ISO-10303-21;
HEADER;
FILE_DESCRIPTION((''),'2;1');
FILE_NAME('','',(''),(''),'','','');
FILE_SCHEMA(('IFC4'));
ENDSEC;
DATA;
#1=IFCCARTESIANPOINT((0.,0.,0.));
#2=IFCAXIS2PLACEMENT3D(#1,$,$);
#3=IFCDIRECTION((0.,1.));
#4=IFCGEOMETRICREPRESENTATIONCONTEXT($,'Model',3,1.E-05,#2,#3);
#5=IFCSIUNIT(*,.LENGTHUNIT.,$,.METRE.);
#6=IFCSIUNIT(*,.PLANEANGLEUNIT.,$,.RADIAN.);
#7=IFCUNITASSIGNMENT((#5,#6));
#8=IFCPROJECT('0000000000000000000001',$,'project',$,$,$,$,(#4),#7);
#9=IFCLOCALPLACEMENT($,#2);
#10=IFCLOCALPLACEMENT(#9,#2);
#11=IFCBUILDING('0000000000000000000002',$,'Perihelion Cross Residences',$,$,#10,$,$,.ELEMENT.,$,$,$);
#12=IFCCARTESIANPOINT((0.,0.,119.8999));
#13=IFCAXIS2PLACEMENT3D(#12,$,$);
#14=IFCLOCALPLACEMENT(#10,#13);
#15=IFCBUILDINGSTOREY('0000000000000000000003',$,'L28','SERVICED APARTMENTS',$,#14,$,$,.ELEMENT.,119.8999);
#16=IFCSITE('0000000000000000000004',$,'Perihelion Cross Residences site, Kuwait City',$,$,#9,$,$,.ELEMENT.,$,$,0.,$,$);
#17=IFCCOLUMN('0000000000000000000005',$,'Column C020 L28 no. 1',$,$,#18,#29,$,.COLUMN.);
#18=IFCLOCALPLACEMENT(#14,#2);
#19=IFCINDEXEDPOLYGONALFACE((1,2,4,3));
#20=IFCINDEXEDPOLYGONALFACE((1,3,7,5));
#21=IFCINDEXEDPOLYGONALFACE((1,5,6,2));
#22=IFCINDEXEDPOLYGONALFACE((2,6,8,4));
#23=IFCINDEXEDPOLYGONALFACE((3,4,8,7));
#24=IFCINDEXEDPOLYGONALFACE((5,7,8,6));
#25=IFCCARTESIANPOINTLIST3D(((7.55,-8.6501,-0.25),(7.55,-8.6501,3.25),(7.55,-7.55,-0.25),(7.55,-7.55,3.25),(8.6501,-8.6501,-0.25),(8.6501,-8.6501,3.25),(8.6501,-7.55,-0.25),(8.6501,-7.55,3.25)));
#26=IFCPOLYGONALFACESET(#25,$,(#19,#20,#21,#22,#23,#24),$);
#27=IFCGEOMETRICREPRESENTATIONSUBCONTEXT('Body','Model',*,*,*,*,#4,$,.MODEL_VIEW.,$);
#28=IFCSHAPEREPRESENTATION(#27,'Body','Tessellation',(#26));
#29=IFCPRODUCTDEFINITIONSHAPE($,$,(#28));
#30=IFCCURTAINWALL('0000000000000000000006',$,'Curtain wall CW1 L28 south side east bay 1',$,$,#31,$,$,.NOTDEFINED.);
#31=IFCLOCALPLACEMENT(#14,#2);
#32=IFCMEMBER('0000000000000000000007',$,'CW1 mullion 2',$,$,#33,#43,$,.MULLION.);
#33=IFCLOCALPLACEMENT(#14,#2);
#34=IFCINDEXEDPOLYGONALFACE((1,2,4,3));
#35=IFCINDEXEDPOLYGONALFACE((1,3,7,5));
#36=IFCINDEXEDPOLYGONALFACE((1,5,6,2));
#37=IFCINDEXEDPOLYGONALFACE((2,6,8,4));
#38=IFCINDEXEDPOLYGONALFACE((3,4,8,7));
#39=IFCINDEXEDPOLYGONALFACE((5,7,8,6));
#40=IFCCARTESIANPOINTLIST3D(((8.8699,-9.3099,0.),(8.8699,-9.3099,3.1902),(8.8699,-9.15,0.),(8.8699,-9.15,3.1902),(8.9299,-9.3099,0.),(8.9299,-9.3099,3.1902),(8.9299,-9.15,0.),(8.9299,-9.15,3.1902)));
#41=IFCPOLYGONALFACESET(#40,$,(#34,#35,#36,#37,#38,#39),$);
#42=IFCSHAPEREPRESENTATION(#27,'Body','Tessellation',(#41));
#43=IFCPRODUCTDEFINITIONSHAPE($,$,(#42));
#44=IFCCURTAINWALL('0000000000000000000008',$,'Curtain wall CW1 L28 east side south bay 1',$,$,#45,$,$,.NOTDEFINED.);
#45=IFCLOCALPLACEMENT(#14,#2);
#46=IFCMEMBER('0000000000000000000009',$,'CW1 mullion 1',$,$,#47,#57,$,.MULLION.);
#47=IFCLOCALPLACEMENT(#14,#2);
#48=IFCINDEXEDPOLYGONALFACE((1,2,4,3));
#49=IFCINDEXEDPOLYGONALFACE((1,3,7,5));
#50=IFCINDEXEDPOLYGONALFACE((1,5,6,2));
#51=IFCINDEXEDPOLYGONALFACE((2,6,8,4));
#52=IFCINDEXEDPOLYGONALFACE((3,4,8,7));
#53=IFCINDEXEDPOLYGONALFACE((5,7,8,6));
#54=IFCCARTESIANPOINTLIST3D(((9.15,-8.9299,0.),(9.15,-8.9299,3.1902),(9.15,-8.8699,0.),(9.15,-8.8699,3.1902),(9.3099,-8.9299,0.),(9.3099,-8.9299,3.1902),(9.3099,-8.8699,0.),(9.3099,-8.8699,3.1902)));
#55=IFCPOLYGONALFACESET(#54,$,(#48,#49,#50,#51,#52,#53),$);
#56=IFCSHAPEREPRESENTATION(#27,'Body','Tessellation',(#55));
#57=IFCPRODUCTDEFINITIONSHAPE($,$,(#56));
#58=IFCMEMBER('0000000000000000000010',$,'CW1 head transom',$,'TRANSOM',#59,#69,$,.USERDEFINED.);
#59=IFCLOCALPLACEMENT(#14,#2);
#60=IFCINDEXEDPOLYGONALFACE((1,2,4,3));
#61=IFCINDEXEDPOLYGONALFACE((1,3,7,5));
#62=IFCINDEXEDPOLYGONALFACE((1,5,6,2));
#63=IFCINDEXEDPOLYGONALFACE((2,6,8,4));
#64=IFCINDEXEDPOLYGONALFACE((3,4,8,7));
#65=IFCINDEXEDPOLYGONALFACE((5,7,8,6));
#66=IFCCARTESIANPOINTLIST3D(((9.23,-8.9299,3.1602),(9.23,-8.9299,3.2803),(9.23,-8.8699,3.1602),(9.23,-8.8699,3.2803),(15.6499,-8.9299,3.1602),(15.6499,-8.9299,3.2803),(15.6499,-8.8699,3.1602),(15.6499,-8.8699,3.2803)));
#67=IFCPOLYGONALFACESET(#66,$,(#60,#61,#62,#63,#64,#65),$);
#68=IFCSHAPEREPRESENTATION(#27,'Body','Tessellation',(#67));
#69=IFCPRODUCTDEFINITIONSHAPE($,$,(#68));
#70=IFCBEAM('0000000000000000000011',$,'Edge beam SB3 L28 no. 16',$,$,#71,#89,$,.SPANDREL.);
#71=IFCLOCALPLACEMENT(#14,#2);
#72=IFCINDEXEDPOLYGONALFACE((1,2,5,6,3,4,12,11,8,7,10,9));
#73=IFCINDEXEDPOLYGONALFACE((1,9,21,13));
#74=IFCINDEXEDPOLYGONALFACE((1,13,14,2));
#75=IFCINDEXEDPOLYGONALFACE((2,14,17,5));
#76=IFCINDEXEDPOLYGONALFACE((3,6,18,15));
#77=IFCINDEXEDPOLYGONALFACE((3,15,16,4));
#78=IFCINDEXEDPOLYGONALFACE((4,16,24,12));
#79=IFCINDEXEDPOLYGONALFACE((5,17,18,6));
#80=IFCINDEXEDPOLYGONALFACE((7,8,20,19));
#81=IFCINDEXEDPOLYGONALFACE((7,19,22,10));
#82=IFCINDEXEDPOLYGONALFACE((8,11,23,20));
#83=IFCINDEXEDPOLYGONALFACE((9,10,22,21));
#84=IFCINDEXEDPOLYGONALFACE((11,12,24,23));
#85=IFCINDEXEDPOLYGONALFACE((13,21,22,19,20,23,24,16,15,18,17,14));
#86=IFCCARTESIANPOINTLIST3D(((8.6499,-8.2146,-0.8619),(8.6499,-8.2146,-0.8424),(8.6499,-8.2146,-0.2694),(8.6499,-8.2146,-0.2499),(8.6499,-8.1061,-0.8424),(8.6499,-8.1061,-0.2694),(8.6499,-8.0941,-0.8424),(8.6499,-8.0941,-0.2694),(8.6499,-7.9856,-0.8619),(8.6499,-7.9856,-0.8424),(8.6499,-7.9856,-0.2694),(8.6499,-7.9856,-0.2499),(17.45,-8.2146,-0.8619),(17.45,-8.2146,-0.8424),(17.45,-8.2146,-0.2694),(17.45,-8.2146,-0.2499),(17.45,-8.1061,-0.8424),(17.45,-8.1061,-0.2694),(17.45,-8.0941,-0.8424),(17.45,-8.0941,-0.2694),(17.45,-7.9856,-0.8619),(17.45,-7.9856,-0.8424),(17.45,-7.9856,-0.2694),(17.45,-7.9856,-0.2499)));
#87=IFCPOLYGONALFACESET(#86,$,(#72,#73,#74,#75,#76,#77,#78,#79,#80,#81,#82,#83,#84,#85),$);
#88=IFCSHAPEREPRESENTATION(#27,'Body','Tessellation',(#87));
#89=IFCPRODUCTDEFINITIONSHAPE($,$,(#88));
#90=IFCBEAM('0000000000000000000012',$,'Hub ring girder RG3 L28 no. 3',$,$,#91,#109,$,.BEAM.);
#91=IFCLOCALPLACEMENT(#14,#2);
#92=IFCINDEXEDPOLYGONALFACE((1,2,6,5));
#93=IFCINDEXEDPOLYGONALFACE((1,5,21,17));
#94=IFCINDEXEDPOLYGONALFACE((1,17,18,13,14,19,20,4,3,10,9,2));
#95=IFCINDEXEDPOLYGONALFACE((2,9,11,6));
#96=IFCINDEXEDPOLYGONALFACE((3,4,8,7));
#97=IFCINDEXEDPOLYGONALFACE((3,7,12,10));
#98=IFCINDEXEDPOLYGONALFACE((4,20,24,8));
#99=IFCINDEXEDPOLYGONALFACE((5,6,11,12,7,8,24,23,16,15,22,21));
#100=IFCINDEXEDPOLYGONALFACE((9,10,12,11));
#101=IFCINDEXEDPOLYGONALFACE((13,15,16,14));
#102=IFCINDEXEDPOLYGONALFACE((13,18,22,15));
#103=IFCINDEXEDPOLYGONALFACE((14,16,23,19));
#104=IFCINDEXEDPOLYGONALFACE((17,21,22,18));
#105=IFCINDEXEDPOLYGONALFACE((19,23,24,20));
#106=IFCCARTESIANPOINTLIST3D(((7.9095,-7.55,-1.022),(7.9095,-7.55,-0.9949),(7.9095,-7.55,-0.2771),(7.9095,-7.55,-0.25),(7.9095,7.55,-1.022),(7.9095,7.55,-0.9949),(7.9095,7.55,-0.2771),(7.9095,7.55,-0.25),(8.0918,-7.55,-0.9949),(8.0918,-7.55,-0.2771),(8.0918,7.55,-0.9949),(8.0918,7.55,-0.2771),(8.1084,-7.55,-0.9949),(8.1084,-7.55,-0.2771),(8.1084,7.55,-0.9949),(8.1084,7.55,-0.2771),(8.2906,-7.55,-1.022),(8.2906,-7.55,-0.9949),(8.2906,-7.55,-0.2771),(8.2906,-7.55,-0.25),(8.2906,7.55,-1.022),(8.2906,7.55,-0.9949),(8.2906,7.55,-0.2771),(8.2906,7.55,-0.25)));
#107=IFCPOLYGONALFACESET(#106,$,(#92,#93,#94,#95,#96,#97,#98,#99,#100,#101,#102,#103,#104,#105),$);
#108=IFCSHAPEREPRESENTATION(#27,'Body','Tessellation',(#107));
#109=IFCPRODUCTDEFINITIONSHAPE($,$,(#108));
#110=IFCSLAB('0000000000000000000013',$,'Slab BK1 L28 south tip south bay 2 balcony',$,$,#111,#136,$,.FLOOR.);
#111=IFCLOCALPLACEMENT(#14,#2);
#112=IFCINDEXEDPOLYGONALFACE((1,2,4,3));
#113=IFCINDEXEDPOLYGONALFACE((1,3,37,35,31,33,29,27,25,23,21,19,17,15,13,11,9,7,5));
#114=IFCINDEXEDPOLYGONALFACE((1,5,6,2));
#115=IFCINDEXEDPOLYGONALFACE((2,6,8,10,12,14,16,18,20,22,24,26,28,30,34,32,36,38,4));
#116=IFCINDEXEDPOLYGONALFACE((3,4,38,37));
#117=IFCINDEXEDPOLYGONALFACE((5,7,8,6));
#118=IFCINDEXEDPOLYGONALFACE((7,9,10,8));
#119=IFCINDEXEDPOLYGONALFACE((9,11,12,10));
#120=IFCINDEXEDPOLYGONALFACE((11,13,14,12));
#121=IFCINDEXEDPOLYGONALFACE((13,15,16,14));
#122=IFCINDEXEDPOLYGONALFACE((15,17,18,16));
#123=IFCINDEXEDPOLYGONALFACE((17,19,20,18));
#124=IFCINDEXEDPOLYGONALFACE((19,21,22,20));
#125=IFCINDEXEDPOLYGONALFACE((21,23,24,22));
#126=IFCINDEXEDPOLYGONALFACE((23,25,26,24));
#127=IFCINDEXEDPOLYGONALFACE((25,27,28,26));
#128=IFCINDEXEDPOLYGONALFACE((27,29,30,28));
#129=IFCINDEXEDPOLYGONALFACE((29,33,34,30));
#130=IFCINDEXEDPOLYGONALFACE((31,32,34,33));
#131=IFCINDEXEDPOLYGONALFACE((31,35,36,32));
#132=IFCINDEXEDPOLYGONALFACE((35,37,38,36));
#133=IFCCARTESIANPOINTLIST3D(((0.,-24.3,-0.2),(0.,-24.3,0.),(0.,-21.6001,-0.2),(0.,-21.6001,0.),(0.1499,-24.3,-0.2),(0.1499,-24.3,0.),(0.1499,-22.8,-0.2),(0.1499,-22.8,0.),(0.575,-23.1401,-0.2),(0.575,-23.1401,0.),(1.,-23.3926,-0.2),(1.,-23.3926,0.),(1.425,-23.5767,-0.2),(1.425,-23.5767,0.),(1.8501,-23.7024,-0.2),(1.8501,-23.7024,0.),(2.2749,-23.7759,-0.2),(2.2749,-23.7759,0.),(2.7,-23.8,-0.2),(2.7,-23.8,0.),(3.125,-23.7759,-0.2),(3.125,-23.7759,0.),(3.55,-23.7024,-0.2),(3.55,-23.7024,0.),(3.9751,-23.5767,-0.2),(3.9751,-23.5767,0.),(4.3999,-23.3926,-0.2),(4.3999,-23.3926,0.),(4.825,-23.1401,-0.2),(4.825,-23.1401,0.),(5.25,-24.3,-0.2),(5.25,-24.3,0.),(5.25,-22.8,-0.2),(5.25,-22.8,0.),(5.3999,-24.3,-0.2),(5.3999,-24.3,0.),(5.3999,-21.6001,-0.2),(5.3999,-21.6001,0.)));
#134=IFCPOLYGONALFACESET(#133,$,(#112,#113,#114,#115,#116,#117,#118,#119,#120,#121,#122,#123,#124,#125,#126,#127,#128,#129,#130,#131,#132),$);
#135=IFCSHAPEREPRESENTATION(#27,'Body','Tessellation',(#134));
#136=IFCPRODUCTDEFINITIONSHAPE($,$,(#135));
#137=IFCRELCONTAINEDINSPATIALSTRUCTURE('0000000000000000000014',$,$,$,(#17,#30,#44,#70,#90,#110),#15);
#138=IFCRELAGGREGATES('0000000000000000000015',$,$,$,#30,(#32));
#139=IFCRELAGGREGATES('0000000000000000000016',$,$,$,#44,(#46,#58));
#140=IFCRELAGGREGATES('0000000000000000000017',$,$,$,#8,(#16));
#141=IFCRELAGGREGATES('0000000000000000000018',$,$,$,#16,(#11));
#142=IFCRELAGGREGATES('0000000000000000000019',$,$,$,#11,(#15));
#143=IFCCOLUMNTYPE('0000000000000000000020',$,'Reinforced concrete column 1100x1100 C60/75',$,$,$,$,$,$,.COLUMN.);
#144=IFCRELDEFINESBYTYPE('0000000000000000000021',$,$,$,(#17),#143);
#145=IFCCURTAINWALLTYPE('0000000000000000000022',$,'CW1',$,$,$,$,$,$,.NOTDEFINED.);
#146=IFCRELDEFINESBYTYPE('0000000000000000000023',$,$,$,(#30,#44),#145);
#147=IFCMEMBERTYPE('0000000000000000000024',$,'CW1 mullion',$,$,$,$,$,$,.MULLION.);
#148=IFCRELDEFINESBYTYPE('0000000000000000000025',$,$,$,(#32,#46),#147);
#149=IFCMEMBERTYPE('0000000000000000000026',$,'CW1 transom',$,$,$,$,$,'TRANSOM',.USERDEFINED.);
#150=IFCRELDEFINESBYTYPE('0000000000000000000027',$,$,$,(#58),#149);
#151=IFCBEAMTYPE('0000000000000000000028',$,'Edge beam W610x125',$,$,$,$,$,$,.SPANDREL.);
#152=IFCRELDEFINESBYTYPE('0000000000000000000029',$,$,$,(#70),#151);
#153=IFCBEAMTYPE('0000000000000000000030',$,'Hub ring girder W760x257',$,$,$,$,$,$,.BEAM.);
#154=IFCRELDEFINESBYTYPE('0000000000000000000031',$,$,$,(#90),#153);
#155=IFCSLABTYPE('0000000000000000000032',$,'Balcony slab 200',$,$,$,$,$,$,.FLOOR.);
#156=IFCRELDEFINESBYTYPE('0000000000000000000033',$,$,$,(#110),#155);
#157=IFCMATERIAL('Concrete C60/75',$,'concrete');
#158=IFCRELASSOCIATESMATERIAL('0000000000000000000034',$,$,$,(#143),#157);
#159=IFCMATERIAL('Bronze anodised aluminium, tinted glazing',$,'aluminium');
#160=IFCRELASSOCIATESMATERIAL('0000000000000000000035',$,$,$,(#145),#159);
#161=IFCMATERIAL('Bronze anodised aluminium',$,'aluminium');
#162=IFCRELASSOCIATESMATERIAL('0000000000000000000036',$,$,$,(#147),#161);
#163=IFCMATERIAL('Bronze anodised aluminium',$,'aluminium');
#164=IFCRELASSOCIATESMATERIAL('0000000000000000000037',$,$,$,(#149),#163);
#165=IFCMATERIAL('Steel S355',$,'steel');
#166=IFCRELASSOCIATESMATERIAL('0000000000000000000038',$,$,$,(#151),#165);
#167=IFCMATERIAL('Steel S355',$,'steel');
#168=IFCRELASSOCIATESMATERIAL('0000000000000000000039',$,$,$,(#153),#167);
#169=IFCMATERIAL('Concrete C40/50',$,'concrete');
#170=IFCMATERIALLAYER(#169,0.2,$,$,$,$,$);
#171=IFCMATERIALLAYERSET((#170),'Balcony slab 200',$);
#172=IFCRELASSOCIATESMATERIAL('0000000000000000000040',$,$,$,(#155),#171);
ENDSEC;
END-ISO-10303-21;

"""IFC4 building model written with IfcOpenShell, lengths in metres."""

from ifc_helpers import new_model, si_unit, direction, frame, origin, origin_2d, place, context, subcontext, project, spatial, polyline, rectangle, i_section, outline, extrude, material, layer, layer_set, material_profile, profile_set, type_object, element, aggregate, save


model = new_model("IFC4")

# Units and contexts
model_context = context("Model", 3, precision=1e-05, world=origin(), true_north=direction((0.0, 1.0)))
body_context = subcontext(model_context, "Body", "Model", "MODEL_VIEW")
ifc_project = project(units=[si_unit("LENGTHUNIT", "METRE"), si_unit("PLANEANGLEUNIT", "RADIAN")], contexts=[model_context])

# Site, building, storey
site_placement = place(None, origin())
site = spatial("IfcSite", under=ifc_project, at=site_placement, Name="Perihelion Cross Residences site, Kuwait City", CompositionType="ELEMENT", RefElevation=0.0)
building_placement = place(site_placement, origin())
building = spatial("IfcBuilding", under=site, at=building_placement, Name="Perihelion Cross Residences", CompositionType="ELEMENT")
storey_placement = place(building_placement, frame((0.0, 0.0, 119.8999)))
storey = spatial("IfcBuildingStorey", under=building, at=storey_placement, Name="L28", Description="SERVICED APARTMENTS", CompositionType="ELEMENT", Elevation=119.8999)

# Column
ifc_material_1 = material(Name="Concrete C60/75", Category="concrete")
ifc_material_profile_1 = material_profile(ifc_material_1, rectangle(XDim=1.1001, YDim=1.1001, at=origin_2d()), Name="RC 1100x1100")
ifc_profile_set_1 = profile_set([ifc_material_profile_1], Name="Concrete C60/75")
column_type = type_object("IfcColumnType", Name="Reinforced concrete column 1100x1100 C60/75", PredefinedType="COLUMN", material=ifc_profile_set_1)
column_placement = place(storey_placement, frame((8.1001, -8.1001, -0.25), z_axis=(0.0, 0.0, 1.0), x_axis=(1.0, 0.0, 0.0)))
element("IfcColumn", 1, at=column_placement, inside=storey, type_object=column_type, Name="Column C020 L28 no. 1", PredefinedType="COLUMN", context=body_context, shape_type="SweptSolid", body=[
    extrude(rectangle(XDim=1.1001, YDim=1.1001, at=origin_2d()), origin(), (0.0, 0.0, 1.0), 3.5),
])

# Curtain wall, member
ifc_material_2 = material(Name="Bronze anodised aluminium, tinted glazing", Category="aluminium")
curtain_wall_type = type_object("IfcCurtainWallType", Name="CW1", PredefinedType="NOTDEFINED", material=ifc_material_2)
curtain_wall_1_placement = place(storey_placement, origin())
curtain_wall_1 = element("IfcCurtainWall", 2, at=curtain_wall_1_placement, inside=storey, type_object=curtain_wall_type, Name="Curtain wall CW1 L28 south side east bay 1", PredefinedType="NOTDEFINED")
ifc_material_3 = material(Name="Bronze anodised aluminium", Category="aluminium")
ifc_material_profile_2 = material_profile(ifc_material_3, rectangle(XDim=0.0601, YDim=0.1599, at=origin_2d()), Name="CW1 mullion")
ifc_profile_set_2 = profile_set([ifc_material_profile_2], Name="Bronze anodised aluminium")
member_type_1 = type_object("IfcMemberType", Name="CW1 mullion", PredefinedType="MULLION", material=ifc_profile_set_2)
member_1_placement = place(storey_placement, frame((8.8999, -9.23, 0.0), z_axis=(0.0, 0.0, 1.0), x_axis=(-1.0, 0.0, 0.0)))
member_1 = element("IfcMember", 3, at=member_1_placement, type_object=member_type_1, Name="CW1 mullion 2", PredefinedType="MULLION", context=body_context, shape_type="SweptSolid", body=[
    extrude(rectangle(XDim=0.0601, YDim=0.1599, at=origin_2d()), origin(), (0.0, 0.0, 1.0), 3.1902),
])
aggregate(curtain_wall_1, [member_1])

# Curtain wall, members
curtain_wall_2_placement = place(storey_placement, origin())
curtain_wall_2 = element("IfcCurtainWall", 4, at=curtain_wall_2_placement, inside=storey, type_object=curtain_wall_type, Name="Curtain wall CW1 L28 east side south bay 1", PredefinedType="NOTDEFINED")
member_2_placement = place(storey_placement, frame((9.23, -8.8999, 0.0), z_axis=(0.0, 0.0, 1.0), x_axis=(0.0, 1.0, 0.0)))
member_2 = element("IfcMember", 5, at=member_2_placement, type_object=member_type_1, Name="CW1 mullion 1", PredefinedType="MULLION", context=body_context, shape_type="SweptSolid", body=[
    extrude(rectangle(XDim=0.0601, YDim=0.1599, at=origin_2d()), origin(), (0.0, 0.0, 1.0), 3.1902),
])
ifc_material_4 = material(Name="Bronze anodised aluminium", Category="aluminium")
ifc_material_profile_3 = material_profile(ifc_material_4, rectangle(XDim=0.0601, YDim=0.1201, at=origin_2d()), Name="CW1 transom")
ifc_profile_set_3 = profile_set([ifc_material_profile_3], Name="Bronze anodised aluminium")
member_type_2 = type_object("IfcMemberType", Name="CW1 transom", ElementType="TRANSOM", PredefinedType="USERDEFINED", material=ifc_profile_set_3)
member_3_placement = place(storey_placement, frame((9.23, -8.8999, 3.2202), z_axis=(1.0, 0.0, 0.0), x_axis=(0.0, 1.0, 0.0)))
member_3 = element("IfcMember", 6, at=member_3_placement, type_object=member_type_2, Name="CW1 head transom", ObjectType="TRANSOM", PredefinedType="USERDEFINED", context=body_context, shape_type="SweptSolid", body=[
    extrude(rectangle(XDim=0.0601, YDim=0.1201, at=origin_2d()), origin(), (0.0, 0.0, 1.0), 6.4199),
])
aggregate(curtain_wall_2, [member_2, member_3])

# Beams
ifc_material_5 = material(Name="Steel S355", Category="steel")
ifc_material_profile_4 = material_profile(ifc_material_5, i_section(OverallWidth=0.229, OverallDepth=0.6121, WebThickness=0.012, FlangeThickness=0.0195, at=origin_2d()), Name="W610x125")
ifc_profile_set_4 = profile_set([ifc_material_profile_4], Name="Steel S355")
beam_type_1 = type_object("IfcBeamType", Name="Edge beam W610x125", PredefinedType="SPANDREL", material=ifc_profile_set_4)
beam_1_placement = place(storey_placement, frame((8.6499, -8.1001, -0.5559), z_axis=(1.0, 0.0, 0.0), x_axis=(0.0, 1.0, 0.0)))
element("IfcBeam", 7, at=beam_1_placement, inside=storey, type_object=beam_type_1, Name="Edge beam SB3 L28 no. 16", PredefinedType="SPANDREL", context=body_context, shape_type="SweptSolid", body=[
    extrude(i_section(OverallWidth=0.229, OverallDepth=0.6121, WebThickness=0.012, FlangeThickness=0.0195, at=origin_2d()), origin(), (0.0, 0.0, 1.0), 8.8),
])
ifc_material_6 = material(Name="Steel S355", Category="steel")
ifc_material_profile_5 = material_profile(ifc_material_6, i_section(OverallWidth=0.3811, OverallDepth=0.772, WebThickness=0.0166, FlangeThickness=0.0271, at=origin_2d()), Name="W760x257")
ifc_profile_set_5 = profile_set([ifc_material_profile_5], Name="Steel S355")
beam_type_2 = type_object("IfcBeamType", Name="Hub ring girder W760x257", PredefinedType="BEAM", material=ifc_profile_set_5)
beam_2_placement = place(storey_placement, frame((8.1001, -7.55, -0.636), z_axis=(0.0, 1.0, 0.0), x_axis=(-1.0, 0.0, 0.0)))
element("IfcBeam", 8, at=beam_2_placement, inside=storey, type_object=beam_type_2, Name="Hub ring girder RG3 L28 no. 3", PredefinedType="BEAM", context=body_context, shape_type="SweptSolid", body=[
    extrude(i_section(OverallWidth=0.3811, OverallDepth=0.772, WebThickness=0.0166, FlangeThickness=0.0271, at=origin_2d()), origin(), (0.0, 0.0, 1.0), 15.1001),
])

# Slab
ifc_material_7 = material(Name="Concrete C40/50", Category="concrete")
ifc_layer_1 = layer(ifc_material_7, 0.2)
ifc_layer_set_1 = layer_set([ifc_layer_1], Name="Balcony slab 200")
slab_type_1 = type_object("IfcSlabType", Name="Balcony slab 200", PredefinedType="FLOOR", material=ifc_layer_set_1)
slab_1_placement = place(storey_placement, frame((0.0, 0.0, -0.2)))
element("IfcSlab", 9, at=slab_1_placement, inside=storey, type_object=slab_type_1, Name="Slab BK1 L28 south tip south bay 2 balcony", PredefinedType="FLOOR", context=body_context, shape_type="SweptSolid", body=[
    extrude(outline(polyline([(0.0, -21.6001), (5.3999, -21.6001), (5.3999, -24.3), (5.25, -24.3), (5.25, -22.8), (4.825, -23.1401), (4.3999, -23.3926), (3.9751, -23.5767), (3.55, -23.7024), (3.125, -23.7759), (2.7, -23.8), (2.2749, -23.7759), (1.8501, -23.7024), (1.425, -23.5767), (1.0, -23.3926), (0.575, -23.1401), (0.1499, -22.8), (0.1499, -24.3), (0.0, -24.3), (0.0, -21.6001)])), origin(), (0.0, 0.0, 1.0), 0.2),
])

save(model, "model.ifc")
